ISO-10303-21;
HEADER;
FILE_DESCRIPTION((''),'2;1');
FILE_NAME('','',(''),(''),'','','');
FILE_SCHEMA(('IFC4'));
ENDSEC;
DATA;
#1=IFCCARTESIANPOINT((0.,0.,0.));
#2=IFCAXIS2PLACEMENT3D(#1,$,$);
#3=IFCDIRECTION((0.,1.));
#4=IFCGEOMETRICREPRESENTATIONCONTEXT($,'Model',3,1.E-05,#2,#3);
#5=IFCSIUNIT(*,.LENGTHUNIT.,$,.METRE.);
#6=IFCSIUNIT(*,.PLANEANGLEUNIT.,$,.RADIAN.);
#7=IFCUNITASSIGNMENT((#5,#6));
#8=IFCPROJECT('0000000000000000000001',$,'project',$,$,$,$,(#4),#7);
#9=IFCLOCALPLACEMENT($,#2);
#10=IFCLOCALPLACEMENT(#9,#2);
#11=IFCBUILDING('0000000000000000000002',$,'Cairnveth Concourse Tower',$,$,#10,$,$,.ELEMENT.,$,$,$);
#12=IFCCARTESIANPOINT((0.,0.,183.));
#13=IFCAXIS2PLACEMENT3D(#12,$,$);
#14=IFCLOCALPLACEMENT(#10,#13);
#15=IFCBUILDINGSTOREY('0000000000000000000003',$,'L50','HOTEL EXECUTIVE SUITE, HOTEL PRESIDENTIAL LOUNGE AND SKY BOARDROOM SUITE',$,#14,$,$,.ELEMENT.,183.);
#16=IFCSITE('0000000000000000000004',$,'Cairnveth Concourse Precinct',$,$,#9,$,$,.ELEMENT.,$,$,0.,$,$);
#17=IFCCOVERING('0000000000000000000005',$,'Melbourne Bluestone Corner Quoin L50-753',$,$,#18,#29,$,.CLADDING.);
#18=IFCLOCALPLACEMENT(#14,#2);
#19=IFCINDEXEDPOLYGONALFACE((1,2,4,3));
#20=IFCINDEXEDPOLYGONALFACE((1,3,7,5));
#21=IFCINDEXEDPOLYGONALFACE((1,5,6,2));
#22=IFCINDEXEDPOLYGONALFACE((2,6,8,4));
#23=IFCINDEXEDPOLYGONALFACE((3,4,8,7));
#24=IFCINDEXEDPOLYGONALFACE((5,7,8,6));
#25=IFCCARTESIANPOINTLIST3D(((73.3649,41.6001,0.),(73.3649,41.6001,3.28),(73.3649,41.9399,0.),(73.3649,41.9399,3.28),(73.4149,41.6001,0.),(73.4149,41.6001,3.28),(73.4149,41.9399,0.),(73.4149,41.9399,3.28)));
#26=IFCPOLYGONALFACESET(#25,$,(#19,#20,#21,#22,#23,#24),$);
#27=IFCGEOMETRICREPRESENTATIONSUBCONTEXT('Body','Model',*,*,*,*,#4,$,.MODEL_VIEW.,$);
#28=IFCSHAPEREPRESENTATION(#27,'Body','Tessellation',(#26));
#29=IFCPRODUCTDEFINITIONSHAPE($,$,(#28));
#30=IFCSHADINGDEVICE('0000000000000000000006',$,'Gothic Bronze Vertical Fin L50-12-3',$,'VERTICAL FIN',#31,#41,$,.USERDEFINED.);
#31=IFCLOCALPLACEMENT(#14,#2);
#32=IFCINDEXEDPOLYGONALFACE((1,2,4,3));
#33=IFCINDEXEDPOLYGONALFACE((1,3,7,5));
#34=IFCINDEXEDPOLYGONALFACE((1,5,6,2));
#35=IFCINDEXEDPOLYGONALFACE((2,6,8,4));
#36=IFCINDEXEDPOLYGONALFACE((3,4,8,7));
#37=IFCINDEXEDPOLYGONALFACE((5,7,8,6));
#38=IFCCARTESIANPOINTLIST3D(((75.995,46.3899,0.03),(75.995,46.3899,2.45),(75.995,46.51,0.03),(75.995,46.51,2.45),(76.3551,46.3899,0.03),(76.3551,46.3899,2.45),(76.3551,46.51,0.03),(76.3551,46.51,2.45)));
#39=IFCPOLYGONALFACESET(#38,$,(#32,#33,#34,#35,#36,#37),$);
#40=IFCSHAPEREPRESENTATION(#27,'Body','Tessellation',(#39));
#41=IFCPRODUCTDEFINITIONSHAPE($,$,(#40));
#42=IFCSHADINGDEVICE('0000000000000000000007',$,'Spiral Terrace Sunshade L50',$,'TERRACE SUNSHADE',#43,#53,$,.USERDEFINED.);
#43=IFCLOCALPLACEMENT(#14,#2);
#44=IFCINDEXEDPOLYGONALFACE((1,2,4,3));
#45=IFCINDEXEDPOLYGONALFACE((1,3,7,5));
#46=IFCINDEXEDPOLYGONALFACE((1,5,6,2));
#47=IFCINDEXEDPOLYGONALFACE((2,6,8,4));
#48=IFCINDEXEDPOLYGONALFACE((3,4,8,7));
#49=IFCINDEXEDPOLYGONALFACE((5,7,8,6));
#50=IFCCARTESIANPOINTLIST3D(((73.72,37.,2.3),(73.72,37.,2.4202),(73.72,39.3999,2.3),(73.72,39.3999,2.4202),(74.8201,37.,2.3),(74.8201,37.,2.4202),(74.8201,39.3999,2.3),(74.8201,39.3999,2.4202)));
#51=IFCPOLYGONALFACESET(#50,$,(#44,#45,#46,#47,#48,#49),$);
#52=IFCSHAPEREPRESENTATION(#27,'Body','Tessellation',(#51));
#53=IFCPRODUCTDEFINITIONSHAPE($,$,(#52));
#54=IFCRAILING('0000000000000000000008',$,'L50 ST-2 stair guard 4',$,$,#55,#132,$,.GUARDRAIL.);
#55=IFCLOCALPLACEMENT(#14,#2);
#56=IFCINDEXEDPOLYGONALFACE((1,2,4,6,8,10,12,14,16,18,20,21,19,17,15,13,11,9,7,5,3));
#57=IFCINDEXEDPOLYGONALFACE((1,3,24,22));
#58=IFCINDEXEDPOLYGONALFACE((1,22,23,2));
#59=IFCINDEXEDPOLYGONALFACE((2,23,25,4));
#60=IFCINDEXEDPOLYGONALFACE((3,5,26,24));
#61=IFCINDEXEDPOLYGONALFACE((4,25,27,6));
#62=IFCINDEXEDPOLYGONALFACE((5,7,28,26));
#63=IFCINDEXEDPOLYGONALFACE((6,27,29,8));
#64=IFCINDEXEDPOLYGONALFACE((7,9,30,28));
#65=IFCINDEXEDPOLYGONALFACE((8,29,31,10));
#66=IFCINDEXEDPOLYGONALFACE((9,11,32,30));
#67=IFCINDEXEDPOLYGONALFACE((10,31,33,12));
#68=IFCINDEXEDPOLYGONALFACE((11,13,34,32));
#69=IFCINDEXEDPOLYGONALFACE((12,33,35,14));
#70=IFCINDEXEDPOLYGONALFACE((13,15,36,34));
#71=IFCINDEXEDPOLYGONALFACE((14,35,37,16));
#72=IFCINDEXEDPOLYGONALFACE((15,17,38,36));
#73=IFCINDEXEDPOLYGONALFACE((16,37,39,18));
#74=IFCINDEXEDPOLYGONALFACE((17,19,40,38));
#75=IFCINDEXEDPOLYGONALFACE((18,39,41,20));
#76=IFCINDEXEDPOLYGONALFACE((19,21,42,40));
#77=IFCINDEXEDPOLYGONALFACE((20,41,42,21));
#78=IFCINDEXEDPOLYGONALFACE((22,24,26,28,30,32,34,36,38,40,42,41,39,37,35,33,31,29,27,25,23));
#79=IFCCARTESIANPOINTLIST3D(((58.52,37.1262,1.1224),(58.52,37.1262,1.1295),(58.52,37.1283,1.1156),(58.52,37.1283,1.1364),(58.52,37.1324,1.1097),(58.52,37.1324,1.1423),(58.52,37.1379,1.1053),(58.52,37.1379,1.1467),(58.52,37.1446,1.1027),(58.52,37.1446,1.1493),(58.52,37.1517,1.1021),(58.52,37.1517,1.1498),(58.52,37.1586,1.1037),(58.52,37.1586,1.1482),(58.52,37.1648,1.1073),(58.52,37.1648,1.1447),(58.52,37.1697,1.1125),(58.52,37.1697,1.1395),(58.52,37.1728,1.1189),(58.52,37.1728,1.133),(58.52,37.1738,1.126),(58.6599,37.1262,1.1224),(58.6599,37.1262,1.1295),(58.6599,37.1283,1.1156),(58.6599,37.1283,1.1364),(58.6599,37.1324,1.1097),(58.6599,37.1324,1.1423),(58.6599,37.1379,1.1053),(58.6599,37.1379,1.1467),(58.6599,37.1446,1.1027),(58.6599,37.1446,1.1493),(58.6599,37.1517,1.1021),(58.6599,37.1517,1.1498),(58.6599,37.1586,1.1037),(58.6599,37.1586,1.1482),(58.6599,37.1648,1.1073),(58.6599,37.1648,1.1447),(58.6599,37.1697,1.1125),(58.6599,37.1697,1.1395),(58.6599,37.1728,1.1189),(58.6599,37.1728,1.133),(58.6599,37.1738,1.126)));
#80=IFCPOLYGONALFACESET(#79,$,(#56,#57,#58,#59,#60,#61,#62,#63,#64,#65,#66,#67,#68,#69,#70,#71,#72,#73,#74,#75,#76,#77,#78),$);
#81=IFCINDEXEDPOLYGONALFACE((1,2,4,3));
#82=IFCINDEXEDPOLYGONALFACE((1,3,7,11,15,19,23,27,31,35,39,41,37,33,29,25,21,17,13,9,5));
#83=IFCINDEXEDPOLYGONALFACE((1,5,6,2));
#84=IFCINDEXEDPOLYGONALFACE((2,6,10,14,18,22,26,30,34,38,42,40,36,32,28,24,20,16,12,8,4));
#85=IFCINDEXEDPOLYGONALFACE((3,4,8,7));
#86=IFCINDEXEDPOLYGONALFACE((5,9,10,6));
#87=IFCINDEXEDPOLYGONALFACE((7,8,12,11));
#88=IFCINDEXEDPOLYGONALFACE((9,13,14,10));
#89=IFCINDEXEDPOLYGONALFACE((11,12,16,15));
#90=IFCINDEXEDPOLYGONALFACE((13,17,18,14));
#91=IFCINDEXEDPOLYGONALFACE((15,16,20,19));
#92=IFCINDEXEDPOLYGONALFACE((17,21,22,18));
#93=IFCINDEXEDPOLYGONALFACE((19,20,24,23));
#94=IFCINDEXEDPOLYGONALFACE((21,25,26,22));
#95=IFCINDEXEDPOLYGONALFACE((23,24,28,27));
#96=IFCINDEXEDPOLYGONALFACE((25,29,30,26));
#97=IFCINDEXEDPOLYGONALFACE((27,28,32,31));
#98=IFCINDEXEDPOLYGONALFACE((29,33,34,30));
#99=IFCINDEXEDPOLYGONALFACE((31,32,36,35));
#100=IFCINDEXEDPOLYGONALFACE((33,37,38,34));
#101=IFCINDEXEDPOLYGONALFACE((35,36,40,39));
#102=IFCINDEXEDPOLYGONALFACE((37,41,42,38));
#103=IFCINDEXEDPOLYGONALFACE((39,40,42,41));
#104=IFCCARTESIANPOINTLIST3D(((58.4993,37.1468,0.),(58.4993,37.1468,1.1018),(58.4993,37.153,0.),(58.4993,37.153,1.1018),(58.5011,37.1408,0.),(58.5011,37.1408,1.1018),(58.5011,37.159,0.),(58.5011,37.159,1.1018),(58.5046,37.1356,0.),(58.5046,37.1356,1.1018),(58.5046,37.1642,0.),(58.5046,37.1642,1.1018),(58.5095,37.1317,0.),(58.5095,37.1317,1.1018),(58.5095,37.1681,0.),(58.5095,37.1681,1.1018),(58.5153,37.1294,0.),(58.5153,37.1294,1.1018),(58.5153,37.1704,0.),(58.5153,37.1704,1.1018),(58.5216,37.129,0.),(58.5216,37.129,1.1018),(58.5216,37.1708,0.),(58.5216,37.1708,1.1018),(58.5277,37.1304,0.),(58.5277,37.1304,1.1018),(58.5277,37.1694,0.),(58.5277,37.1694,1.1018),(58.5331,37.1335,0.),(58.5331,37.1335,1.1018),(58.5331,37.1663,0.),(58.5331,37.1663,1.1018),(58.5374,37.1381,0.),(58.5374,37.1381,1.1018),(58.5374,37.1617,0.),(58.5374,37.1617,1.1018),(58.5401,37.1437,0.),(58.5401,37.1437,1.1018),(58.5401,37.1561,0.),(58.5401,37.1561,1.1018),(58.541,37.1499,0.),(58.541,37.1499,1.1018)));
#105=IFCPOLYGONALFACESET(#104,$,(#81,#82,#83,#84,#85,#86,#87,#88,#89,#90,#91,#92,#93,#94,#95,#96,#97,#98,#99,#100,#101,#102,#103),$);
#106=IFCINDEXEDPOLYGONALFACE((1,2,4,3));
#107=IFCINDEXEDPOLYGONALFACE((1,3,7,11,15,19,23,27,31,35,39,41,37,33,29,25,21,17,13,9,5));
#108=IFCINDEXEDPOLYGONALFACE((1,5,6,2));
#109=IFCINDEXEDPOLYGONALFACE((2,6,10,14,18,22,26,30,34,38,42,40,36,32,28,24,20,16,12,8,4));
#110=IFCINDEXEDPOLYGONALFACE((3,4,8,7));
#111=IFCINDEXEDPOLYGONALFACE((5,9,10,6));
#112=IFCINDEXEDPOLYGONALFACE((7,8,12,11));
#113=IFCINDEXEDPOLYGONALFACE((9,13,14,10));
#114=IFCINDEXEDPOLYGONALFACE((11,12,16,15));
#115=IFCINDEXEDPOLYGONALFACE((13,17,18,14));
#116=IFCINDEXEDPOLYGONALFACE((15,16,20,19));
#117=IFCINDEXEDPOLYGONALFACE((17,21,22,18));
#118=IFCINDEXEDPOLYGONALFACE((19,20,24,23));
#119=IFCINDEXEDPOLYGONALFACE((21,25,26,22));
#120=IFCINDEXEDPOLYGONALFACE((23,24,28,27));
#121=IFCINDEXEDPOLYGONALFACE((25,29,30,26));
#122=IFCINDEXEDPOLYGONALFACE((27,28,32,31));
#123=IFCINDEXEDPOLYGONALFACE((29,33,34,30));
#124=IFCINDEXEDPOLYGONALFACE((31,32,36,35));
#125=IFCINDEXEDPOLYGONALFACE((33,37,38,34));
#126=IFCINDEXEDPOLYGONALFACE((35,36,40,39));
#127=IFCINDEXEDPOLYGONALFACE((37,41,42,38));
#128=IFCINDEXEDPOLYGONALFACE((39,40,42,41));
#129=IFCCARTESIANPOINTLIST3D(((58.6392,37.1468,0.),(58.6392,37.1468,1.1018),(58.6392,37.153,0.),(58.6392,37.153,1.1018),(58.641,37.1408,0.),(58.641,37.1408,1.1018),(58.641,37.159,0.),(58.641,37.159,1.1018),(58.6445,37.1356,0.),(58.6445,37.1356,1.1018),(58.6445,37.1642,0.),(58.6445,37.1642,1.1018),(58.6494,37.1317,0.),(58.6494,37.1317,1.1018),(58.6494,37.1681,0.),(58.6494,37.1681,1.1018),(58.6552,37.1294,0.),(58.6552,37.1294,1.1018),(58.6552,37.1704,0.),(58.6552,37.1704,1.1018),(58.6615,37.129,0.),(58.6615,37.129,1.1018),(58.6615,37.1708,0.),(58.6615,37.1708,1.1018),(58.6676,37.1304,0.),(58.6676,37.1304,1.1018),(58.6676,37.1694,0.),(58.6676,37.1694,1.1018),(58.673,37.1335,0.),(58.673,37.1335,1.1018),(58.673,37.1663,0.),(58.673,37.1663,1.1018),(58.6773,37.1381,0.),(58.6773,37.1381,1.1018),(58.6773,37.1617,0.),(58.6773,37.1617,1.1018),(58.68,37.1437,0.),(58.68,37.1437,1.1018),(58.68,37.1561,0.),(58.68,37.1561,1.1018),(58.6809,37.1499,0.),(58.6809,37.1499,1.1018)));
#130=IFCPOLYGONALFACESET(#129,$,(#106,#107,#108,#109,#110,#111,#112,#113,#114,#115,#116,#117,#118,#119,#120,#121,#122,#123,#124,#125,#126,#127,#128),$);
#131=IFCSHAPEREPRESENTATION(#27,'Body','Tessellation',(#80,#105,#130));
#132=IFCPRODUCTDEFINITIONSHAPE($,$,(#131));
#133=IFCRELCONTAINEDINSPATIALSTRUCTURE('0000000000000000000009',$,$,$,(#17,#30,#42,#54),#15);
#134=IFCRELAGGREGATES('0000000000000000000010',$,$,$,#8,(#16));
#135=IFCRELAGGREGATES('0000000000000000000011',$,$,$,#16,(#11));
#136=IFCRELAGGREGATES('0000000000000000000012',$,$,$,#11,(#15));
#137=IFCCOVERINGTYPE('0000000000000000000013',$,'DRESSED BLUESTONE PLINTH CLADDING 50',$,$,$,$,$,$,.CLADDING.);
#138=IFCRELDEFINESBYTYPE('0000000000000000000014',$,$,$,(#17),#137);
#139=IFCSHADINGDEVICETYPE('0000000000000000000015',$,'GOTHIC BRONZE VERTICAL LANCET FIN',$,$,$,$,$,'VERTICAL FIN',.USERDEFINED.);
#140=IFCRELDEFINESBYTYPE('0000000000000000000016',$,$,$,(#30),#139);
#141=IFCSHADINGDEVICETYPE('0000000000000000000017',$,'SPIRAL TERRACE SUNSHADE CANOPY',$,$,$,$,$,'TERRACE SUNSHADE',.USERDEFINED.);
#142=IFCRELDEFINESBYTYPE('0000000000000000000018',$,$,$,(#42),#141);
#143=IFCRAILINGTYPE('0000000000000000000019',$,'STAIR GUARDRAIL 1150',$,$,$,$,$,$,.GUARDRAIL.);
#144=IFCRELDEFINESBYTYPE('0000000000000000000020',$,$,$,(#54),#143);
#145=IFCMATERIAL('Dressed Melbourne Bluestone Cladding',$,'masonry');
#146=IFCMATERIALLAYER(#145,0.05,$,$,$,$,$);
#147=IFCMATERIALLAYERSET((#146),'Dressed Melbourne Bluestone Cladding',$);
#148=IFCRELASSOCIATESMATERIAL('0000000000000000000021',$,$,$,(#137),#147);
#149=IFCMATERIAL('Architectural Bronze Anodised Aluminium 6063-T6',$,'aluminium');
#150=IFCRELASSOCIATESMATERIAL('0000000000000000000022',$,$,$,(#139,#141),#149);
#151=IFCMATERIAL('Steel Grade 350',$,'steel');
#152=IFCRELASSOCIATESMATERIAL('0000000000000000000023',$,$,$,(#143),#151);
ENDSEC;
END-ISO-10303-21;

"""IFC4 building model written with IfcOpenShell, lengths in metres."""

from ifc_helpers import new_model, si_unit, direction, frame, frame_2d, origin, origin_2d, place, context, subcontext, project, spatial, rectangle, circle, extrude, material, layer, layer_set, type_object, element, save


model = new_model("IFC4")

# Units and contexts
model_context = context("Model", 3, precision=1e-05, world=origin(), true_north=direction((0.0, 1.0)))
body_context = subcontext(model_context, "Body", "Model", "MODEL_VIEW")
ifc_project = project(units=[si_unit("LENGTHUNIT", "METRE"), si_unit("PLANEANGLEUNIT", "RADIAN")], contexts=[model_context])

# Site, building, storey
site_placement = place(None, origin())
site = spatial("IfcSite", under=ifc_project, at=site_placement, Name="Cairnveth Concourse Precinct", CompositionType="ELEMENT", RefElevation=0.0)
building_placement = place(site_placement, origin())
building = spatial("IfcBuilding", under=site, at=building_placement, Name="Cairnveth Concourse Tower", CompositionType="ELEMENT")
storey_placement = place(building_placement, frame((0.0, 0.0, 183.0)))
storey = spatial("IfcBuildingStorey", under=building, at=storey_placement, Name="L50", Description="HOTEL EXECUTIVE SUITE, HOTEL PRESIDENTIAL LOUNGE AND SKY BOARDROOM SUITE", CompositionType="ELEMENT", Elevation=183.0)

# Shared definitions
ifc_material_1 = material(Name="Steel Grade 350", Category="steel")

# Shared definitions
ifc_material_2 = material(Name="Architectural Bronze Anodised Aluminium 6063-T6", Category="aluminium")

# Covering
ifc_material_3 = material(Name="Dressed Melbourne Bluestone Cladding", Category="masonry")
ifc_layer_1 = layer(ifc_material_3, 0.05)
ifc_layer_set_1 = layer_set([ifc_layer_1], Name="Dressed Melbourne Bluestone Cladding")
covering_type = type_object("IfcCoveringType", Name="DRESSED BLUESTONE PLINTH CLADDING 50", PredefinedType="CLADDING", material=ifc_layer_set_1)
for number, where, z_axis, x_axis, name in (
    (1, (73.3899, 41.9399, 0.0), (0.0, 0.0, 1.0), (0.0, -1.0, 0.0), "Melbourne Bluestone Corner Quoin L50-753"),
):
    element("IfcCovering", number, at=place(storey_placement, frame(where, z_axis=z_axis, x_axis=x_axis)), inside=storey, type_object=covering_type, Name=name, PredefinedType="CLADDING", context=body_context, shape_type="SweptSolid", body=[
        extrude(rectangle(XDim=0.3398, YDim=0.05, at=frame_2d((0.1699, 0.0))), origin(), (0.0, 0.0, 1.0), 3.28),
    ])

# Shading devices
shading_device_type_1 = type_object("IfcShadingDeviceType", Name="GOTHIC BRONZE VERTICAL LANCET FIN", ElementType="VERTICAL FIN", PredefinedType="USERDEFINED", material=ifc_material_2)
shading_device_1_placement = place(storey_placement, frame((76.175, 46.45, 0.03), z_axis=(0.0, 0.0, 1.0), x_axis=(0.0, 1.0, 0.0)))
element("IfcShadingDevice", 2, at=shading_device_1_placement, inside=storey, type_object=shading_device_type_1, Name="Gothic Bronze Vertical Fin L50-12-3", ObjectType="VERTICAL FIN", PredefinedType="USERDEFINED", context=body_context, shape_type="SweptSolid", body=[
    extrude(rectangle(XDim=0.1201, YDim=0.3601, at=origin_2d()), origin(), (0.0, 0.0, 1.0), 2.4199),
])
shading_device_type_2 = type_object("IfcShadingDeviceType", Name="SPIRAL TERRACE SUNSHADE CANOPY", ElementType="TERRACE SUNSHADE", PredefinedType="USERDEFINED", material=ifc_material_2)
shading_device_2_placement = place(storey_placement, frame((74.27, 38.2, 2.3), z_axis=(0.0, 0.0, 1.0), x_axis=(1.0, 0.0, 0.0)))
element("IfcShadingDevice", 3, at=shading_device_2_placement, inside=storey, type_object=shading_device_type_2, Name="Spiral Terrace Sunshade L50", ObjectType="TERRACE SUNSHADE", PredefinedType="USERDEFINED", context=body_context, shape_type="SweptSolid", body=[
    extrude(rectangle(XDim=1.1001, YDim=2.3999, at=origin_2d()), origin(), (0.0, 0.0, 1.0), 0.1201),
])

# Railing
railing_type = type_object("IfcRailingType", Name="STAIR GUARDRAIL 1150", PredefinedType="GUARDRAIL", material=ifc_material_1)
railing_placement = place(storey_placement, frame((58.52, 37.1499, 0.0)))
element("IfcRailing", 4, at=railing_placement, inside=storey, type_object=railing_type, Name="L50 ST-2 stair guard 4", PredefinedType="GUARDRAIL", context=body_context, shape_type="SweptSolid", body=[
    extrude(circle(Radius=0.0239, at=origin_2d()), frame((0.0, 0.0, 1.126), z_axis=(1.0, 0.0, 0.0), x_axis=(0.0, 1.0, 0.0)), (0.0, 0.0, 1.0), 0.1399),
    extrude(circle(Radius=0.021, at=origin_2d()), origin(), (0.0, 0.0, 1.0), 1.1018),
    extrude(circle(Radius=0.021, at=origin_2d()), frame((0.1399, 0.0, 0.0)), (0.0, 0.0, 1.0), 1.1018),
])

save(model, "model.ifc")
